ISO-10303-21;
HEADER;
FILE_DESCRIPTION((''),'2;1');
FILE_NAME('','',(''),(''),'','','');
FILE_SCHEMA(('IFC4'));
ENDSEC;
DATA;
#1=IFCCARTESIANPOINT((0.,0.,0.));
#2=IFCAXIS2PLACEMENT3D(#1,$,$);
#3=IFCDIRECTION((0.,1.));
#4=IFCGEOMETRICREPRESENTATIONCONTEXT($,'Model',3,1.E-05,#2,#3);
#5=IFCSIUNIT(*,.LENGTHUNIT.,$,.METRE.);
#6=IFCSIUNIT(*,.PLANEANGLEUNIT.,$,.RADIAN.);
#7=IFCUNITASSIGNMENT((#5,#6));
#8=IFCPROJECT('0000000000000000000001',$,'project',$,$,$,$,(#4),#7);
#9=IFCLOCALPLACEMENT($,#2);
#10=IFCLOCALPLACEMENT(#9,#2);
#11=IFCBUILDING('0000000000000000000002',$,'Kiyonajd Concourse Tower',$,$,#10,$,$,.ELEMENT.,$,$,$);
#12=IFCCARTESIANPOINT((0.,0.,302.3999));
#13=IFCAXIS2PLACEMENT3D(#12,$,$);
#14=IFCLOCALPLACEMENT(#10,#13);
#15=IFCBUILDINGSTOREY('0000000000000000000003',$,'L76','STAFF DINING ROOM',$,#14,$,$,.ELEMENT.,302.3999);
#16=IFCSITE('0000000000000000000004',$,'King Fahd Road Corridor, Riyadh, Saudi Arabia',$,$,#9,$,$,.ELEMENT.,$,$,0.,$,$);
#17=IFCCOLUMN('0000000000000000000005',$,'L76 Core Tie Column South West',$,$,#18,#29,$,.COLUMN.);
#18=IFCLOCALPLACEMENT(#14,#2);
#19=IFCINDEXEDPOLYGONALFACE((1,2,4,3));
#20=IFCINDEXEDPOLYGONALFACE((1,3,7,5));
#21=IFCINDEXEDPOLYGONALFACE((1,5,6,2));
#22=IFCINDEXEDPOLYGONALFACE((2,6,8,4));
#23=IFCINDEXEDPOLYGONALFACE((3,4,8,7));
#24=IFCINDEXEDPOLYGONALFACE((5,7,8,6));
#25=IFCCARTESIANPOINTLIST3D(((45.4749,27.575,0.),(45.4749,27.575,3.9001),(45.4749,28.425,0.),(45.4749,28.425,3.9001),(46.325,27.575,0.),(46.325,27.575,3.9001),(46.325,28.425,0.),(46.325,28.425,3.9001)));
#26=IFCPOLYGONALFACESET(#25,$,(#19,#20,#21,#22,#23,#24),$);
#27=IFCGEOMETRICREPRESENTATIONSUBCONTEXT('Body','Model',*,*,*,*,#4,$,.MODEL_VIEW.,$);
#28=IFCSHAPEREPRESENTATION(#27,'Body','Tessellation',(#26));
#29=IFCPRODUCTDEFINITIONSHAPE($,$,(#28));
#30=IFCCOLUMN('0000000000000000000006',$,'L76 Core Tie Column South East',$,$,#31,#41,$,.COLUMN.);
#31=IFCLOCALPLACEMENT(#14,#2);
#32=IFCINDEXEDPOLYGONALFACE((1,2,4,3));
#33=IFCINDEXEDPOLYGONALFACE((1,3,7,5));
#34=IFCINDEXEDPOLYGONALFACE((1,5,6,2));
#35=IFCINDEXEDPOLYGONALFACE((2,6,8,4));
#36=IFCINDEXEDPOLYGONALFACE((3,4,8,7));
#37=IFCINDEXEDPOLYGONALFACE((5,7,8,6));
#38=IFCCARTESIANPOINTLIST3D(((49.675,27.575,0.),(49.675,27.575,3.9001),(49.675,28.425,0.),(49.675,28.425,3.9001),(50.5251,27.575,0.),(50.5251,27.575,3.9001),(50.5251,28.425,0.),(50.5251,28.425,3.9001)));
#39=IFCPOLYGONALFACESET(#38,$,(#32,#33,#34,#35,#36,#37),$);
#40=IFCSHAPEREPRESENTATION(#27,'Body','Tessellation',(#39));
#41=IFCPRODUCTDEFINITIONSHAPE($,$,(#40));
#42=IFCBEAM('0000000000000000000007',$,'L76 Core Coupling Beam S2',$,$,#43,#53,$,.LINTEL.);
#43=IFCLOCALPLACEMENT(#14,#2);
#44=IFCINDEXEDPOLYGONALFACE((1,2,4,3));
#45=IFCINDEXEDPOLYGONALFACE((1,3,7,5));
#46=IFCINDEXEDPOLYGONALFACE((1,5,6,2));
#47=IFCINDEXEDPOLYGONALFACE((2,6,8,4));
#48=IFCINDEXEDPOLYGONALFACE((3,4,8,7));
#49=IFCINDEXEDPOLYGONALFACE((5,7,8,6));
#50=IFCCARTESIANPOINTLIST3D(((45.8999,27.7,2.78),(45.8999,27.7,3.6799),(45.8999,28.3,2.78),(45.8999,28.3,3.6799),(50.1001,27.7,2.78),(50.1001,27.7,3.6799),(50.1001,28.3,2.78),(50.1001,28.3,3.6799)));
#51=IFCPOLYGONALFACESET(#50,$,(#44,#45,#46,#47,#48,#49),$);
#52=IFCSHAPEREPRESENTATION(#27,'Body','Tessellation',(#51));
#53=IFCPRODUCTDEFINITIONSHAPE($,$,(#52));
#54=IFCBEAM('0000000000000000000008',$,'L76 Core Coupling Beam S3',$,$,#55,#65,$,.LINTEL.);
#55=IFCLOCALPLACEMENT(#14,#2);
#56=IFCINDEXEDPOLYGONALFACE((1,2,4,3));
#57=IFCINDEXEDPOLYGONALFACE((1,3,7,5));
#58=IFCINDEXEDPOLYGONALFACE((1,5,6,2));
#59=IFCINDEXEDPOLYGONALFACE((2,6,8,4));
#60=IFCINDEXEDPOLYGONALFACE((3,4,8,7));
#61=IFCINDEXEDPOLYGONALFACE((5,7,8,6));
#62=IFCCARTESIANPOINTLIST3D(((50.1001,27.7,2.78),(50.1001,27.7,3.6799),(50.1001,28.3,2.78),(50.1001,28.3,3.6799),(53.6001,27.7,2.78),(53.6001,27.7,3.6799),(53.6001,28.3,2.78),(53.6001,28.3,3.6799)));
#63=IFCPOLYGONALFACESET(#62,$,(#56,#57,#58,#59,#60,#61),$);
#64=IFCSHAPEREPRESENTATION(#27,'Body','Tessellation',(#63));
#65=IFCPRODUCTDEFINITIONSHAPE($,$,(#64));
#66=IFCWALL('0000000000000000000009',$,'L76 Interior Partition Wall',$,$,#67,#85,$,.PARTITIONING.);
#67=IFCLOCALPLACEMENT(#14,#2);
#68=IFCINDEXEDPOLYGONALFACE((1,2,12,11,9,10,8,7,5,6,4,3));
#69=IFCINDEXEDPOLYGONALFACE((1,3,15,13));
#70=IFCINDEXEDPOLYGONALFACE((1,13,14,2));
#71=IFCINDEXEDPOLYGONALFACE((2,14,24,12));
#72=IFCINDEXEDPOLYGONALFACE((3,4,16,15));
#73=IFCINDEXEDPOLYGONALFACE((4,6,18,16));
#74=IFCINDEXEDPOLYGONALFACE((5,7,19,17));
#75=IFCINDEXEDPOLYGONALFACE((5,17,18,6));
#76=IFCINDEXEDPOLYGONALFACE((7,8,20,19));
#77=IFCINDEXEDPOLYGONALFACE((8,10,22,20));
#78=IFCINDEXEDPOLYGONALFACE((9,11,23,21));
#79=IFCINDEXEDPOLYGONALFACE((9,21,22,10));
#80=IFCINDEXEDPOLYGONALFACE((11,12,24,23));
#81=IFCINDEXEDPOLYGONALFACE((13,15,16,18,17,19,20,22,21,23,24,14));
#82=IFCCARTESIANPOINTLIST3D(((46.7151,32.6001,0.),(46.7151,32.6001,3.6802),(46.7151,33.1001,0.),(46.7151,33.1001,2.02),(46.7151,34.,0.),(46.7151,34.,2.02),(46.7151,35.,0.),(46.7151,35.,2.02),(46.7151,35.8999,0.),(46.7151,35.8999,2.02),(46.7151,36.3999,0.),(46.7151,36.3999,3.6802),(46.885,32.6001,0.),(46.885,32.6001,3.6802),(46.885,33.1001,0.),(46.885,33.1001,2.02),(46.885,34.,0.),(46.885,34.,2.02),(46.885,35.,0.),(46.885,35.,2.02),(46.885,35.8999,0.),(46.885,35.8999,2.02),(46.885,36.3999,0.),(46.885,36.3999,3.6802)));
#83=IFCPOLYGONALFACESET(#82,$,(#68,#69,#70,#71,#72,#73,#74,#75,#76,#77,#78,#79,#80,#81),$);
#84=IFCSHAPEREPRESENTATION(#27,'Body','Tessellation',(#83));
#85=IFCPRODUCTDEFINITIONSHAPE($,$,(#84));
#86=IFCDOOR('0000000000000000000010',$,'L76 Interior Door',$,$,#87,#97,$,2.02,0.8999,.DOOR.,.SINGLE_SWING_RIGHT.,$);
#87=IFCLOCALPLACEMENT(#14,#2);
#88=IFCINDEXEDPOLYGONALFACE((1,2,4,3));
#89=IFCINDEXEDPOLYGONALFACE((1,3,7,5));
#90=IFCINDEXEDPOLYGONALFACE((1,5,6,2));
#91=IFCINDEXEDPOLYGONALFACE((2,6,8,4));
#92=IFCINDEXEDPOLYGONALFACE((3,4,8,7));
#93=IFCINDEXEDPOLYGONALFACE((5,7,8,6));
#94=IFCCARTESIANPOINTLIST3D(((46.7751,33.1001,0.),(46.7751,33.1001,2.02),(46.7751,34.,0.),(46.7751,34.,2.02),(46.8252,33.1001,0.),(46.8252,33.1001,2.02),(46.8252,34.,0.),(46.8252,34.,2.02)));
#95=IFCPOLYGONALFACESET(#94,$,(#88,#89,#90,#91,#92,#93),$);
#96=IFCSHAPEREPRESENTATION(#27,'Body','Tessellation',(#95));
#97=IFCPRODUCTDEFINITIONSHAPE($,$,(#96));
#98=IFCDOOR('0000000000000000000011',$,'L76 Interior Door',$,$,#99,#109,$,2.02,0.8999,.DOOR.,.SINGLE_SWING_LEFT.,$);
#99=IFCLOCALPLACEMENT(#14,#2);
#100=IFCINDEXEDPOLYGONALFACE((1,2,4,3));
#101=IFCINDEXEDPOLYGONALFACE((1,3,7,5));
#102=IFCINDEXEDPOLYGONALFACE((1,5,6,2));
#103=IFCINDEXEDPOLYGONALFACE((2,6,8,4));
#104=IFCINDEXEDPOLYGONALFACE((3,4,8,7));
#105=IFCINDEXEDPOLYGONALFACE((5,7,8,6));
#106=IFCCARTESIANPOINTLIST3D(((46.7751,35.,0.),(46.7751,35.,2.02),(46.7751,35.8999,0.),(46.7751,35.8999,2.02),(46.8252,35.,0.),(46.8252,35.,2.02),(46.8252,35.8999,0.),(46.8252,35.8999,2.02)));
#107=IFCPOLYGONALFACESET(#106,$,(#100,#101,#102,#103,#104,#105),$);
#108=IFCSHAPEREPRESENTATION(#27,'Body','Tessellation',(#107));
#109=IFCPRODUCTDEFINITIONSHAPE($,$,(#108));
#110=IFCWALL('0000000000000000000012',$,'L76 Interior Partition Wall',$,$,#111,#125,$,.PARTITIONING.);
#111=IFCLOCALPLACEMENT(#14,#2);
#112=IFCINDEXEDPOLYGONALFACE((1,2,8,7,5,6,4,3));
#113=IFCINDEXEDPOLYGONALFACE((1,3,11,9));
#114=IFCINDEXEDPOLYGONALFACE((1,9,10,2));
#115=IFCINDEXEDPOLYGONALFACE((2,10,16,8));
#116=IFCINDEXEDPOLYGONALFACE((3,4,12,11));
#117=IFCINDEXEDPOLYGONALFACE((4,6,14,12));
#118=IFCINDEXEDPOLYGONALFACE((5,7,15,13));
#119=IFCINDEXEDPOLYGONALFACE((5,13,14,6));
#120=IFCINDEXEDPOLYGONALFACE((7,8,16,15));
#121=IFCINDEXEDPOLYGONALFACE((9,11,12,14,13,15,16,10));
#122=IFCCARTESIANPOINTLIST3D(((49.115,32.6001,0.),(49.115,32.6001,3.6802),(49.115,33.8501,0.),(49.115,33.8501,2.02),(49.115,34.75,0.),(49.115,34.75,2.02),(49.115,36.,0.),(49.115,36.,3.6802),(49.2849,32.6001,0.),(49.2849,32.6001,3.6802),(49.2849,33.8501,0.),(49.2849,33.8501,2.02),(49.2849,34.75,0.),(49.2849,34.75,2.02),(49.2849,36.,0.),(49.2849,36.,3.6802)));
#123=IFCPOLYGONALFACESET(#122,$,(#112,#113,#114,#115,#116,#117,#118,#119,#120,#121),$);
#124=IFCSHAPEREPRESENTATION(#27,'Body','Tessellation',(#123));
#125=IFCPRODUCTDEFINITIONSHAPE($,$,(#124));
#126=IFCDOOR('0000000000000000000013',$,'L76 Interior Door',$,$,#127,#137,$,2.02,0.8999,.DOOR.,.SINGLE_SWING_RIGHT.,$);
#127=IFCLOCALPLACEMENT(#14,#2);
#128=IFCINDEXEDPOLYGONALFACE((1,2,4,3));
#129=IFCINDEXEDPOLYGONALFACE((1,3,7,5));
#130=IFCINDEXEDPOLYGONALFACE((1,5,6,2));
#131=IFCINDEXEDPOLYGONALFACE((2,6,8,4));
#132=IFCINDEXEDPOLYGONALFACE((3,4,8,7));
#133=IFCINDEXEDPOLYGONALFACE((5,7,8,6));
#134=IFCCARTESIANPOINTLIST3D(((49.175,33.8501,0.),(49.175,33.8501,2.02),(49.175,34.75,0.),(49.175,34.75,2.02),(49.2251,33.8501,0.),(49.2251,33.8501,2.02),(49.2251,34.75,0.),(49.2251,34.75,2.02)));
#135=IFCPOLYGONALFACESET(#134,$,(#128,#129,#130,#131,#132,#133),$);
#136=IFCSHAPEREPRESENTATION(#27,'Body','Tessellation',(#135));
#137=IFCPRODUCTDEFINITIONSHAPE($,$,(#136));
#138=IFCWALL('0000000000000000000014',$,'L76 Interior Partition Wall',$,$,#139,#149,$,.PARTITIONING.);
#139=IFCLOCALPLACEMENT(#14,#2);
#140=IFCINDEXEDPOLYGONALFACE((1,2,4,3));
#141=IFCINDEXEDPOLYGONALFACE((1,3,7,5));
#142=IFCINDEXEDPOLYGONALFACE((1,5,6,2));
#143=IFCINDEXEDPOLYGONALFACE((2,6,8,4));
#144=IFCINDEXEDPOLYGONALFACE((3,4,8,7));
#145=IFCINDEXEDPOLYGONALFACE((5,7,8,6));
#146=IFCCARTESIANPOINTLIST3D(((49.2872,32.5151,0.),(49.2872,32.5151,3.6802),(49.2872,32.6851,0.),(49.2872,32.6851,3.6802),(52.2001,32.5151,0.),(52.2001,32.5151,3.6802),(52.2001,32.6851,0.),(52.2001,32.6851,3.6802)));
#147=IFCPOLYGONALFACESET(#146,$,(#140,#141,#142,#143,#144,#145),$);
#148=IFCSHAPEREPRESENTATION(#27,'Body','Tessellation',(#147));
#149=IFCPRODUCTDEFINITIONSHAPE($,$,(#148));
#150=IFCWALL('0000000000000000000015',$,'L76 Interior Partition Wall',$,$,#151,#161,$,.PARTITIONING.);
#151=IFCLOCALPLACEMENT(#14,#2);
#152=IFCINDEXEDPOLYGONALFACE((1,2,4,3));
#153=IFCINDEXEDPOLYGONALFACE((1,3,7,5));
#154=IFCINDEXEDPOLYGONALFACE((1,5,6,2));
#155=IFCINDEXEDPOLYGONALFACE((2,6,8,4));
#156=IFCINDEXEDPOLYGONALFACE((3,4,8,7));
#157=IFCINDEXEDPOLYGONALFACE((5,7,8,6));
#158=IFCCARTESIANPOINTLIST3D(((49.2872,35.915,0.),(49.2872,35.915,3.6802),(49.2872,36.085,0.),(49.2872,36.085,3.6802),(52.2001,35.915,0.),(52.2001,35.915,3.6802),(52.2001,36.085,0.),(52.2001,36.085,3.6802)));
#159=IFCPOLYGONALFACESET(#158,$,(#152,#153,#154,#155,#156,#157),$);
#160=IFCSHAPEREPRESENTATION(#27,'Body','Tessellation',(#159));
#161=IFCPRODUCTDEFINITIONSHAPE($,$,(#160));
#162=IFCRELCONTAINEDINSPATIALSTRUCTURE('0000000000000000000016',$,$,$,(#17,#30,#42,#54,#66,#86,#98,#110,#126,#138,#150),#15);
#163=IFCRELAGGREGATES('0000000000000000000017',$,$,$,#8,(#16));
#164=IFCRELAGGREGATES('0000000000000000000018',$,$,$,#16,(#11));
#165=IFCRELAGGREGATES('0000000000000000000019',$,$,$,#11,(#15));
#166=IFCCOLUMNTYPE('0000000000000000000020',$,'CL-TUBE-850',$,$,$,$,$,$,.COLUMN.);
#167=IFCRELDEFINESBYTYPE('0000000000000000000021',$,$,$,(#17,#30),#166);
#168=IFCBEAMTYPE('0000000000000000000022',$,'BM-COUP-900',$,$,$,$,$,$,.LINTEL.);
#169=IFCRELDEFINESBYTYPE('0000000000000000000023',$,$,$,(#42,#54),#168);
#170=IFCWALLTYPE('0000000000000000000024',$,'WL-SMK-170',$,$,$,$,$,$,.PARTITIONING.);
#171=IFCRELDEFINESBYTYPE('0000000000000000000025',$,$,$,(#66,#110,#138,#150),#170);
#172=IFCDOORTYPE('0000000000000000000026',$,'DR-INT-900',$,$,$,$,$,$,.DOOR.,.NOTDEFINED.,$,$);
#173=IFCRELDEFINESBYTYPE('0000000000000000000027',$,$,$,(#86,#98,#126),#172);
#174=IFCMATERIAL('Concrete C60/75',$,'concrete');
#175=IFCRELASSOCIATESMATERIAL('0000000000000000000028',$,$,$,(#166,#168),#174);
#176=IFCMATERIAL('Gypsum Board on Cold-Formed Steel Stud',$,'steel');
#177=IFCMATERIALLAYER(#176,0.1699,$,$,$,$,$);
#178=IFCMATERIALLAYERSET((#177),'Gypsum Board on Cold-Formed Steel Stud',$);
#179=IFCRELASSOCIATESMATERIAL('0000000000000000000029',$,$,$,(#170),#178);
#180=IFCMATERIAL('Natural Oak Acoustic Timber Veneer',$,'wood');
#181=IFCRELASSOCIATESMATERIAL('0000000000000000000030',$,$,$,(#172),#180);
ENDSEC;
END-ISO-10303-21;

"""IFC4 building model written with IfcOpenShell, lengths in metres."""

from ifc_helpers import new_model, si_unit, direction, frame, frame_2d, origin, origin_2d, place, context, subcontext, project, spatial, rectangle, extrude, material, layer, layer_set, material_profile, profile_set, type_object, element, fill, save


model = new_model("IFC4")

# Units and contexts
model_context = context("Model", 3, precision=1e-05, world=origin(), true_north=direction((0.0, 1.0)))
body_context = subcontext(model_context, "Body", "Model", "MODEL_VIEW")
ifc_project = project(units=[si_unit("LENGTHUNIT", "METRE"), si_unit("PLANEANGLEUNIT", "RADIAN")], contexts=[model_context])

# Site, building, storey
site_placement = place(None, origin())
site = spatial("IfcSite", under=ifc_project, at=site_placement, Name="King Fahd Road Corridor, Riyadh, Saudi Arabia", CompositionType="ELEMENT", RefElevation=0.0)
building_placement = place(site_placement, origin())
building = spatial("IfcBuilding", under=site, at=building_placement, Name="Kiyonajd Concourse Tower", CompositionType="ELEMENT")
storey_placement = place(building_placement, frame((0.0, 0.0, 302.3999)))
storey = spatial("IfcBuildingStorey", under=building, at=storey_placement, Name="L76", Description="STAFF DINING ROOM", CompositionType="ELEMENT", Elevation=302.3999)

# Columns
ifc_material_1 = material(Name="Concrete C60/75", Category="concrete")
ifc_material_profile_1 = material_profile(ifc_material_1, rectangle(XDim=0.8501, YDim=0.8501, at=origin_2d()), Name="RC-850x850")
ifc_profile_set_1 = profile_set([ifc_material_profile_1], Name="Concrete C60/75")
column_type = type_object("IfcColumnType", Name="CL-TUBE-850", PredefinedType="COLUMN", material=ifc_profile_set_1)
for number, where, z_axis, x_axis, name in (
    (1, (45.8999, 28.0, 0.0), (0.0, 0.0, 1.0), (1.0, 0.0, 0.0), "L76 Core Tie Column South West"),
    (2, (50.1001, 28.0, 0.0), (0.0, 0.0, 1.0), (1.0, 0.0, 0.0), "L76 Core Tie Column South East"),
):
    element("IfcColumn", number, at=place(storey_placement, frame(where, z_axis=z_axis, x_axis=x_axis)), inside=storey, type_object=column_type, Name=name, PredefinedType="COLUMN", context=body_context, shape_type="SweptSolid", body=[
        extrude(rectangle(XDim=0.8501, YDim=0.8501, at=origin_2d()), origin(), (0.0, 0.0, 1.0), 3.9001),
    ])

# Beams
ifc_material_profile_2 = material_profile(ifc_material_1, rectangle(XDim=0.6001, YDim=0.8999, at=origin_2d()), Name="RCBM-600x900")
ifc_profile_set_2 = profile_set([ifc_material_profile_2], Name="Concrete C60/75")
beam_type = type_object("IfcBeamType", Name="BM-COUP-900", PredefinedType="LINTEL", material=ifc_profile_set_2)
beam_1_placement = place(storey_placement, frame((45.8999, 28.0, 3.23), z_axis=(1.0, 0.0, 0.0), x_axis=(0.0, 1.0, 0.0)))
element("IfcBeam", 3, at=beam_1_placement, inside=storey, type_object=beam_type, Name="L76 Core Coupling Beam S2", PredefinedType="LINTEL", context=body_context, shape_type="SweptSolid", body=[
    extrude(rectangle(XDim=0.6001, YDim=0.8999, at=origin_2d()), origin(), (0.0, 0.0, 1.0), 4.2002),
])
beam_2_placement = place(storey_placement, frame((50.1001, 28.0, 3.23), z_axis=(1.0, 0.0, 0.0), x_axis=(0.0, 1.0, 0.0)))
element("IfcBeam", 4, at=beam_2_placement, inside=storey, type_object=beam_type, Name="L76 Core Coupling Beam S3", PredefinedType="LINTEL", context=body_context, shape_type="SweptSolid", body=[
    extrude(rectangle(XDim=0.6001, YDim=0.8999, at=origin_2d()), origin(), (0.0, 0.0, 1.0), 3.5),
])

# Wall, openings, doors
ifc_material_2 = material(Name="Gypsum Board on Cold-Formed Steel Stud", Category="steel")
ifc_layer = layer(ifc_material_2, 0.1699)
ifc_layer_set = layer_set([ifc_layer], Name="Gypsum Board on Cold-Formed Steel Stud")
wall_type = type_object("IfcWallType", Name="WL-SMK-170", PredefinedType="PARTITIONING", material=ifc_layer_set)
wall_1_placement = place(storey_placement, frame((46.8, 32.6001, 0.0), z_axis=(0.0, 0.0, 1.0), x_axis=(0.0, 1.0, 0.0)))
wall_1 = element("IfcWall", 5, at=wall_1_placement, inside=storey, type_object=wall_type, Name="L76 Interior Partition Wall", PredefinedType="PARTITIONING", context=body_context, shape_type="SweptSolid", body=[
    extrude(rectangle(XDim=3.7998, YDim=0.1699, at=frame_2d((1.8999, 0.0))), origin(), (0.0, 0.0, 1.0), 3.6802),
])
opening_1_placement = place(wall_1_placement, frame((0.5, 0.0, 0.0)))
opening_1 = element("IfcOpeningElement", 6, at=opening_1_placement, cuts=wall_1, PredefinedType="OPENING", context=body_context, shape_type="SweptSolid", body=[
    extrude(rectangle(XDim=0.8999, YDim=2.02, at=frame_2d((0.45, 1.01))), frame((0.0, 0.095, 0.0), z_axis=(0.0, -1.0, 0.0), x_axis=(1.0, 0.0, 0.0)), (0.0, 0.0, 1.0), 0.1899),
])
opening_2_placement = place(wall_1_placement, frame((2.3999, 0.0, 0.0)))
opening_2 = element("IfcOpeningElement", 7, at=opening_2_placement, cuts=wall_1, PredefinedType="OPENING", context=body_context, shape_type="SweptSolid", body=[
    extrude(rectangle(XDim=0.8999, YDim=2.02, at=frame_2d((0.45, 1.01))), frame((0.0, 0.095, 0.0), z_axis=(0.0, -1.0, 0.0), x_axis=(1.0, 0.0, 0.0)), (0.0, 0.0, 1.0), 0.1899),
])
ifc_material_3 = material(Name="Natural Oak Acoustic Timber Veneer", Category="wood")
door_type = type_object("IfcDoorType", Name="DR-INT-900", OperationType="NOTDEFINED", PredefinedType="DOOR", material=ifc_material_3)
door_1_placement = place(opening_1_placement, origin())
door_1 = element("IfcDoor", 8, at=door_1_placement, inside=storey, type_object=door_type, Name="L76 Interior Door", OperationType="SINGLE_SWING_RIGHT", OverallHeight=2.02, OverallWidth=0.8999, PredefinedType="DOOR", context=body_context, shape_type="SweptSolid", body=[
    extrude(rectangle(XDim=0.8999, YDim=2.02, at=frame_2d((0.45, 1.01))), frame((0.0, 0.0249, 0.0), z_axis=(0.0, -1.0, 0.0), x_axis=(1.0, 0.0, 0.0)), (0.0, 0.0, 1.0), 0.05),
])
fill(opening_1, door_1)
door_2_placement = place(opening_2_placement, origin())
door_2 = element("IfcDoor", 9, at=door_2_placement, inside=storey, type_object=door_type, Name="L76 Interior Door", OperationType="SINGLE_SWING_LEFT", OverallHeight=2.02, OverallWidth=0.8999, PredefinedType="DOOR", context=body_context, shape_type="SweptSolid", body=[
    extrude(rectangle(XDim=0.8999, YDim=2.02, at=frame_2d((0.45, 1.01))), frame((0.0, 0.0249, 0.0), z_axis=(0.0, -1.0, 0.0), x_axis=(1.0, 0.0, 0.0)), (0.0, 0.0, 1.0), 0.05),
])
fill(opening_2, door_2)

# Wall, opening, door
wall_2_placement = place(storey_placement, frame((49.2, 32.6001, 0.0), z_axis=(0.0, 0.0, 1.0), x_axis=(0.0, 1.0, 0.0)))
wall_2 = element("IfcWall", 10, at=wall_2_placement, inside=storey, type_object=wall_type, Name="L76 Interior Partition Wall", PredefinedType="PARTITIONING", context=body_context, shape_type="SweptSolid", body=[
    extrude(rectangle(XDim=3.3999, YDim=0.1699, at=frame_2d((1.7, 0.0))), origin(), (0.0, 0.0, 1.0), 3.6802),
])
opening_3_placement = place(wall_2_placement, frame((1.25, 0.0, 0.0)))
opening_3 = element("IfcOpeningElement", 11, at=opening_3_placement, cuts=wall_2, PredefinedType="OPENING", context=body_context, shape_type="SweptSolid", body=[
    extrude(rectangle(XDim=0.8999, YDim=2.02, at=frame_2d((0.45, 1.01))), frame((0.0, 0.095, 0.0), z_axis=(0.0, -1.0, 0.0), x_axis=(1.0, 0.0, 0.0)), (0.0, 0.0, 1.0), 0.1899),
])
door_3_placement = place(opening_3_placement, origin())
door_3 = element("IfcDoor", 12, at=door_3_placement, inside=storey, type_object=door_type, Name="L76 Interior Door", OperationType="SINGLE_SWING_RIGHT", OverallHeight=2.02, OverallWidth=0.8999, PredefinedType="DOOR", context=body_context, shape_type="SweptSolid", body=[
    extrude(rectangle(XDim=0.8999, YDim=2.02, at=frame_2d((0.45, 1.01))), frame((0.0, 0.0249, 0.0), z_axis=(0.0, -1.0, 0.0), x_axis=(1.0, 0.0, 0.0)), (0.0, 0.0, 1.0), 0.05),
])
fill(opening_3, door_3)

# Walls
for number, where, z_axis, x_axis, name in (
    (13, (49.2871, 32.6001, 0.0), (0.0, 0.0, 1.0), (1.0, 0.0, 0.0), "L76 Interior Partition Wall"),
    (14, (49.2871, 36.0, 0.0), (0.0, 0.0, 1.0), (1.0, 0.0, 0.0), "L76 Interior Partition Wall"),
):
    element("IfcWall", number, at=place(storey_placement, frame(where, z_axis=z_axis, x_axis=x_axis)), inside=storey, type_object=wall_type, Name=name, PredefinedType="PARTITIONING", context=body_context, shape_type="SweptSolid", body=[
        extrude(rectangle(XDim=2.9128, YDim=0.1699, at=frame_2d((1.4565, 0.0))), origin(), (0.0, 0.0, 1.0), 3.6802),
    ])

save(model, "model.ifc")
